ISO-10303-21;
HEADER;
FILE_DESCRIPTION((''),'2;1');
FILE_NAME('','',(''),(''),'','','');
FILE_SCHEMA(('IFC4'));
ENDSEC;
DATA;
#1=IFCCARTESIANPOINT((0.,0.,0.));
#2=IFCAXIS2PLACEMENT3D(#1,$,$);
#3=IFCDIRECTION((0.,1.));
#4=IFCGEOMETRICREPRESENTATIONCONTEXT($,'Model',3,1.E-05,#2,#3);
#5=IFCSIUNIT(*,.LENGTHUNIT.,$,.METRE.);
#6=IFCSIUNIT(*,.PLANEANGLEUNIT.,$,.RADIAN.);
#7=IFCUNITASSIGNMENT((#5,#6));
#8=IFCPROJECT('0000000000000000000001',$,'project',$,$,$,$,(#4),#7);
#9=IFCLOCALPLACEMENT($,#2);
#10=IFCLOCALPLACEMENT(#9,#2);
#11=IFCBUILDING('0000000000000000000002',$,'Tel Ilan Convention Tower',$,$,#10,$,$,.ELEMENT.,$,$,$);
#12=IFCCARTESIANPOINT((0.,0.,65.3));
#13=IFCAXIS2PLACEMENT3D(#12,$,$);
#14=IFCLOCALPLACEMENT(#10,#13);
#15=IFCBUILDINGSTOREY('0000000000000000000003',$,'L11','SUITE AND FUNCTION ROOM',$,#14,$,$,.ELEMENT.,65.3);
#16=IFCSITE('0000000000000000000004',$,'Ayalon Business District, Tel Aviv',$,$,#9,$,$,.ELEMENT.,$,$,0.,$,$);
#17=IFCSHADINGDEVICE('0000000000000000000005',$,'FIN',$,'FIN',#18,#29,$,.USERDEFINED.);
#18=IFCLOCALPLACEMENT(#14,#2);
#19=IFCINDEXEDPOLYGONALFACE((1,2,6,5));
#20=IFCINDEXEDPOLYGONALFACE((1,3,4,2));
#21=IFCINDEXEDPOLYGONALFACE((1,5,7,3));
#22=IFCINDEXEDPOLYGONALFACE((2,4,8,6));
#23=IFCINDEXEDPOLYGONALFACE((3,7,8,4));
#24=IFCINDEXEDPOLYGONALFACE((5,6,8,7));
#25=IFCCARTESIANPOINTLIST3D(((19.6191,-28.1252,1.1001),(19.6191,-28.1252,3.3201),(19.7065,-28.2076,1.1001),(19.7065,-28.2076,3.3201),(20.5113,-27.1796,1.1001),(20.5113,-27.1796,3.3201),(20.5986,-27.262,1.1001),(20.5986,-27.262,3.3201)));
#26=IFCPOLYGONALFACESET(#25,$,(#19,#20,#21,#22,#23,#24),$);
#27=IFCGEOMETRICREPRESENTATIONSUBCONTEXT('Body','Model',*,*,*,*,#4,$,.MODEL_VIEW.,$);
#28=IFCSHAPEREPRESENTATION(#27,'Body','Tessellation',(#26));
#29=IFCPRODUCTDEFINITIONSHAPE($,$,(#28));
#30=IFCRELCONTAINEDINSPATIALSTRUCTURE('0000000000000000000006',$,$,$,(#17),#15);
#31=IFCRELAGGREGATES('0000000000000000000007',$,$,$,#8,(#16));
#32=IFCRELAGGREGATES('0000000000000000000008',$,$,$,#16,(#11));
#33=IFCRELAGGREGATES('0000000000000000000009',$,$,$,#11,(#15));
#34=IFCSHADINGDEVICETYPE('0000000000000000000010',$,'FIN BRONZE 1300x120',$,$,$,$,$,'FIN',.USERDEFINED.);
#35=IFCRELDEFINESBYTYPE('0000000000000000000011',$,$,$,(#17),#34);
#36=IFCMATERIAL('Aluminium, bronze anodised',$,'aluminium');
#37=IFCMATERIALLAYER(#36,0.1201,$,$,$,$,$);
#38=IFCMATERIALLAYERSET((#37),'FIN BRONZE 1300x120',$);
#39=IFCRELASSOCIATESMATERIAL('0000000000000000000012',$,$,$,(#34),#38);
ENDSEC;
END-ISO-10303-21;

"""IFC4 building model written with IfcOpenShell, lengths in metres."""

from ifc_helpers import new_model, si_unit, direction, frame, origin, origin_2d, place, context, subcontext, project, spatial, rectangle, extrude, material, layer, layer_set, type_object, element, save


model = new_model("IFC4")

# Units and contexts
model_context = context("Model", 3, precision=1e-05, world=origin(), true_north=direction((0.0, 1.0)))
body_context = subcontext(model_context, "Body", "Model", "MODEL_VIEW")
ifc_project = project(units=[si_unit("LENGTHUNIT", "METRE"), si_unit("PLANEANGLEUNIT", "RADIAN")], contexts=[model_context])

# Site, building, storey
site_placement = place(None, origin())
site = spatial("IfcSite", under=ifc_project, at=site_placement, Name="Ayalon Business District, Tel Aviv", CompositionType="ELEMENT", RefElevation=0.0)
building_placement = place(site_placement, origin())
building = spatial("IfcBuilding", under=site, at=building_placement, Name="Tel Ilan Convention Tower", CompositionType="ELEMENT")
storey_placement = place(building_placement, frame((0.0, 0.0, 65.3)))
storey = spatial("IfcBuildingStorey", under=building, at=storey_placement, Name="L11", Description="SUITE AND FUNCTION ROOM", CompositionType="ELEMENT", Elevation=65.3)

# Shading device
ifc_material_1 = material(Name="Aluminium, bronze anodised", Category="aluminium")
ifc_layer_1 = layer(ifc_material_1, 0.1201)
ifc_layer_set_1 = layer_set([ifc_layer_1], Name="FIN BRONZE 1300x120")
shading_device_type = type_object("IfcShadingDeviceType", Name="FIN BRONZE 1300x120", ElementType="FIN", PredefinedType="USERDEFINED", material=ifc_layer_set_1)
for number, where, z_axis, x_axis, name in (
    (1, (20.1089, -27.6936, 1.1001), (0.0, 0.0, 1.0), (-0.686242, -0.727374, 0.0), "FIN"),
):
    element("IfcShadingDevice", number, at=place(storey_placement, frame(where, z_axis=z_axis, x_axis=x_axis)), inside=storey, type_object=shading_device_type, Name=name, ObjectType="FIN", PredefinedType="USERDEFINED", context=body_context, shape_type="SweptSolid", body=[
        extrude(rectangle(XDim=1.3, YDim=0.1201, at=origin_2d()), origin(), (0.0, 0.0, 1.0), 2.22),
    ])

save(model, "model.ifc")
